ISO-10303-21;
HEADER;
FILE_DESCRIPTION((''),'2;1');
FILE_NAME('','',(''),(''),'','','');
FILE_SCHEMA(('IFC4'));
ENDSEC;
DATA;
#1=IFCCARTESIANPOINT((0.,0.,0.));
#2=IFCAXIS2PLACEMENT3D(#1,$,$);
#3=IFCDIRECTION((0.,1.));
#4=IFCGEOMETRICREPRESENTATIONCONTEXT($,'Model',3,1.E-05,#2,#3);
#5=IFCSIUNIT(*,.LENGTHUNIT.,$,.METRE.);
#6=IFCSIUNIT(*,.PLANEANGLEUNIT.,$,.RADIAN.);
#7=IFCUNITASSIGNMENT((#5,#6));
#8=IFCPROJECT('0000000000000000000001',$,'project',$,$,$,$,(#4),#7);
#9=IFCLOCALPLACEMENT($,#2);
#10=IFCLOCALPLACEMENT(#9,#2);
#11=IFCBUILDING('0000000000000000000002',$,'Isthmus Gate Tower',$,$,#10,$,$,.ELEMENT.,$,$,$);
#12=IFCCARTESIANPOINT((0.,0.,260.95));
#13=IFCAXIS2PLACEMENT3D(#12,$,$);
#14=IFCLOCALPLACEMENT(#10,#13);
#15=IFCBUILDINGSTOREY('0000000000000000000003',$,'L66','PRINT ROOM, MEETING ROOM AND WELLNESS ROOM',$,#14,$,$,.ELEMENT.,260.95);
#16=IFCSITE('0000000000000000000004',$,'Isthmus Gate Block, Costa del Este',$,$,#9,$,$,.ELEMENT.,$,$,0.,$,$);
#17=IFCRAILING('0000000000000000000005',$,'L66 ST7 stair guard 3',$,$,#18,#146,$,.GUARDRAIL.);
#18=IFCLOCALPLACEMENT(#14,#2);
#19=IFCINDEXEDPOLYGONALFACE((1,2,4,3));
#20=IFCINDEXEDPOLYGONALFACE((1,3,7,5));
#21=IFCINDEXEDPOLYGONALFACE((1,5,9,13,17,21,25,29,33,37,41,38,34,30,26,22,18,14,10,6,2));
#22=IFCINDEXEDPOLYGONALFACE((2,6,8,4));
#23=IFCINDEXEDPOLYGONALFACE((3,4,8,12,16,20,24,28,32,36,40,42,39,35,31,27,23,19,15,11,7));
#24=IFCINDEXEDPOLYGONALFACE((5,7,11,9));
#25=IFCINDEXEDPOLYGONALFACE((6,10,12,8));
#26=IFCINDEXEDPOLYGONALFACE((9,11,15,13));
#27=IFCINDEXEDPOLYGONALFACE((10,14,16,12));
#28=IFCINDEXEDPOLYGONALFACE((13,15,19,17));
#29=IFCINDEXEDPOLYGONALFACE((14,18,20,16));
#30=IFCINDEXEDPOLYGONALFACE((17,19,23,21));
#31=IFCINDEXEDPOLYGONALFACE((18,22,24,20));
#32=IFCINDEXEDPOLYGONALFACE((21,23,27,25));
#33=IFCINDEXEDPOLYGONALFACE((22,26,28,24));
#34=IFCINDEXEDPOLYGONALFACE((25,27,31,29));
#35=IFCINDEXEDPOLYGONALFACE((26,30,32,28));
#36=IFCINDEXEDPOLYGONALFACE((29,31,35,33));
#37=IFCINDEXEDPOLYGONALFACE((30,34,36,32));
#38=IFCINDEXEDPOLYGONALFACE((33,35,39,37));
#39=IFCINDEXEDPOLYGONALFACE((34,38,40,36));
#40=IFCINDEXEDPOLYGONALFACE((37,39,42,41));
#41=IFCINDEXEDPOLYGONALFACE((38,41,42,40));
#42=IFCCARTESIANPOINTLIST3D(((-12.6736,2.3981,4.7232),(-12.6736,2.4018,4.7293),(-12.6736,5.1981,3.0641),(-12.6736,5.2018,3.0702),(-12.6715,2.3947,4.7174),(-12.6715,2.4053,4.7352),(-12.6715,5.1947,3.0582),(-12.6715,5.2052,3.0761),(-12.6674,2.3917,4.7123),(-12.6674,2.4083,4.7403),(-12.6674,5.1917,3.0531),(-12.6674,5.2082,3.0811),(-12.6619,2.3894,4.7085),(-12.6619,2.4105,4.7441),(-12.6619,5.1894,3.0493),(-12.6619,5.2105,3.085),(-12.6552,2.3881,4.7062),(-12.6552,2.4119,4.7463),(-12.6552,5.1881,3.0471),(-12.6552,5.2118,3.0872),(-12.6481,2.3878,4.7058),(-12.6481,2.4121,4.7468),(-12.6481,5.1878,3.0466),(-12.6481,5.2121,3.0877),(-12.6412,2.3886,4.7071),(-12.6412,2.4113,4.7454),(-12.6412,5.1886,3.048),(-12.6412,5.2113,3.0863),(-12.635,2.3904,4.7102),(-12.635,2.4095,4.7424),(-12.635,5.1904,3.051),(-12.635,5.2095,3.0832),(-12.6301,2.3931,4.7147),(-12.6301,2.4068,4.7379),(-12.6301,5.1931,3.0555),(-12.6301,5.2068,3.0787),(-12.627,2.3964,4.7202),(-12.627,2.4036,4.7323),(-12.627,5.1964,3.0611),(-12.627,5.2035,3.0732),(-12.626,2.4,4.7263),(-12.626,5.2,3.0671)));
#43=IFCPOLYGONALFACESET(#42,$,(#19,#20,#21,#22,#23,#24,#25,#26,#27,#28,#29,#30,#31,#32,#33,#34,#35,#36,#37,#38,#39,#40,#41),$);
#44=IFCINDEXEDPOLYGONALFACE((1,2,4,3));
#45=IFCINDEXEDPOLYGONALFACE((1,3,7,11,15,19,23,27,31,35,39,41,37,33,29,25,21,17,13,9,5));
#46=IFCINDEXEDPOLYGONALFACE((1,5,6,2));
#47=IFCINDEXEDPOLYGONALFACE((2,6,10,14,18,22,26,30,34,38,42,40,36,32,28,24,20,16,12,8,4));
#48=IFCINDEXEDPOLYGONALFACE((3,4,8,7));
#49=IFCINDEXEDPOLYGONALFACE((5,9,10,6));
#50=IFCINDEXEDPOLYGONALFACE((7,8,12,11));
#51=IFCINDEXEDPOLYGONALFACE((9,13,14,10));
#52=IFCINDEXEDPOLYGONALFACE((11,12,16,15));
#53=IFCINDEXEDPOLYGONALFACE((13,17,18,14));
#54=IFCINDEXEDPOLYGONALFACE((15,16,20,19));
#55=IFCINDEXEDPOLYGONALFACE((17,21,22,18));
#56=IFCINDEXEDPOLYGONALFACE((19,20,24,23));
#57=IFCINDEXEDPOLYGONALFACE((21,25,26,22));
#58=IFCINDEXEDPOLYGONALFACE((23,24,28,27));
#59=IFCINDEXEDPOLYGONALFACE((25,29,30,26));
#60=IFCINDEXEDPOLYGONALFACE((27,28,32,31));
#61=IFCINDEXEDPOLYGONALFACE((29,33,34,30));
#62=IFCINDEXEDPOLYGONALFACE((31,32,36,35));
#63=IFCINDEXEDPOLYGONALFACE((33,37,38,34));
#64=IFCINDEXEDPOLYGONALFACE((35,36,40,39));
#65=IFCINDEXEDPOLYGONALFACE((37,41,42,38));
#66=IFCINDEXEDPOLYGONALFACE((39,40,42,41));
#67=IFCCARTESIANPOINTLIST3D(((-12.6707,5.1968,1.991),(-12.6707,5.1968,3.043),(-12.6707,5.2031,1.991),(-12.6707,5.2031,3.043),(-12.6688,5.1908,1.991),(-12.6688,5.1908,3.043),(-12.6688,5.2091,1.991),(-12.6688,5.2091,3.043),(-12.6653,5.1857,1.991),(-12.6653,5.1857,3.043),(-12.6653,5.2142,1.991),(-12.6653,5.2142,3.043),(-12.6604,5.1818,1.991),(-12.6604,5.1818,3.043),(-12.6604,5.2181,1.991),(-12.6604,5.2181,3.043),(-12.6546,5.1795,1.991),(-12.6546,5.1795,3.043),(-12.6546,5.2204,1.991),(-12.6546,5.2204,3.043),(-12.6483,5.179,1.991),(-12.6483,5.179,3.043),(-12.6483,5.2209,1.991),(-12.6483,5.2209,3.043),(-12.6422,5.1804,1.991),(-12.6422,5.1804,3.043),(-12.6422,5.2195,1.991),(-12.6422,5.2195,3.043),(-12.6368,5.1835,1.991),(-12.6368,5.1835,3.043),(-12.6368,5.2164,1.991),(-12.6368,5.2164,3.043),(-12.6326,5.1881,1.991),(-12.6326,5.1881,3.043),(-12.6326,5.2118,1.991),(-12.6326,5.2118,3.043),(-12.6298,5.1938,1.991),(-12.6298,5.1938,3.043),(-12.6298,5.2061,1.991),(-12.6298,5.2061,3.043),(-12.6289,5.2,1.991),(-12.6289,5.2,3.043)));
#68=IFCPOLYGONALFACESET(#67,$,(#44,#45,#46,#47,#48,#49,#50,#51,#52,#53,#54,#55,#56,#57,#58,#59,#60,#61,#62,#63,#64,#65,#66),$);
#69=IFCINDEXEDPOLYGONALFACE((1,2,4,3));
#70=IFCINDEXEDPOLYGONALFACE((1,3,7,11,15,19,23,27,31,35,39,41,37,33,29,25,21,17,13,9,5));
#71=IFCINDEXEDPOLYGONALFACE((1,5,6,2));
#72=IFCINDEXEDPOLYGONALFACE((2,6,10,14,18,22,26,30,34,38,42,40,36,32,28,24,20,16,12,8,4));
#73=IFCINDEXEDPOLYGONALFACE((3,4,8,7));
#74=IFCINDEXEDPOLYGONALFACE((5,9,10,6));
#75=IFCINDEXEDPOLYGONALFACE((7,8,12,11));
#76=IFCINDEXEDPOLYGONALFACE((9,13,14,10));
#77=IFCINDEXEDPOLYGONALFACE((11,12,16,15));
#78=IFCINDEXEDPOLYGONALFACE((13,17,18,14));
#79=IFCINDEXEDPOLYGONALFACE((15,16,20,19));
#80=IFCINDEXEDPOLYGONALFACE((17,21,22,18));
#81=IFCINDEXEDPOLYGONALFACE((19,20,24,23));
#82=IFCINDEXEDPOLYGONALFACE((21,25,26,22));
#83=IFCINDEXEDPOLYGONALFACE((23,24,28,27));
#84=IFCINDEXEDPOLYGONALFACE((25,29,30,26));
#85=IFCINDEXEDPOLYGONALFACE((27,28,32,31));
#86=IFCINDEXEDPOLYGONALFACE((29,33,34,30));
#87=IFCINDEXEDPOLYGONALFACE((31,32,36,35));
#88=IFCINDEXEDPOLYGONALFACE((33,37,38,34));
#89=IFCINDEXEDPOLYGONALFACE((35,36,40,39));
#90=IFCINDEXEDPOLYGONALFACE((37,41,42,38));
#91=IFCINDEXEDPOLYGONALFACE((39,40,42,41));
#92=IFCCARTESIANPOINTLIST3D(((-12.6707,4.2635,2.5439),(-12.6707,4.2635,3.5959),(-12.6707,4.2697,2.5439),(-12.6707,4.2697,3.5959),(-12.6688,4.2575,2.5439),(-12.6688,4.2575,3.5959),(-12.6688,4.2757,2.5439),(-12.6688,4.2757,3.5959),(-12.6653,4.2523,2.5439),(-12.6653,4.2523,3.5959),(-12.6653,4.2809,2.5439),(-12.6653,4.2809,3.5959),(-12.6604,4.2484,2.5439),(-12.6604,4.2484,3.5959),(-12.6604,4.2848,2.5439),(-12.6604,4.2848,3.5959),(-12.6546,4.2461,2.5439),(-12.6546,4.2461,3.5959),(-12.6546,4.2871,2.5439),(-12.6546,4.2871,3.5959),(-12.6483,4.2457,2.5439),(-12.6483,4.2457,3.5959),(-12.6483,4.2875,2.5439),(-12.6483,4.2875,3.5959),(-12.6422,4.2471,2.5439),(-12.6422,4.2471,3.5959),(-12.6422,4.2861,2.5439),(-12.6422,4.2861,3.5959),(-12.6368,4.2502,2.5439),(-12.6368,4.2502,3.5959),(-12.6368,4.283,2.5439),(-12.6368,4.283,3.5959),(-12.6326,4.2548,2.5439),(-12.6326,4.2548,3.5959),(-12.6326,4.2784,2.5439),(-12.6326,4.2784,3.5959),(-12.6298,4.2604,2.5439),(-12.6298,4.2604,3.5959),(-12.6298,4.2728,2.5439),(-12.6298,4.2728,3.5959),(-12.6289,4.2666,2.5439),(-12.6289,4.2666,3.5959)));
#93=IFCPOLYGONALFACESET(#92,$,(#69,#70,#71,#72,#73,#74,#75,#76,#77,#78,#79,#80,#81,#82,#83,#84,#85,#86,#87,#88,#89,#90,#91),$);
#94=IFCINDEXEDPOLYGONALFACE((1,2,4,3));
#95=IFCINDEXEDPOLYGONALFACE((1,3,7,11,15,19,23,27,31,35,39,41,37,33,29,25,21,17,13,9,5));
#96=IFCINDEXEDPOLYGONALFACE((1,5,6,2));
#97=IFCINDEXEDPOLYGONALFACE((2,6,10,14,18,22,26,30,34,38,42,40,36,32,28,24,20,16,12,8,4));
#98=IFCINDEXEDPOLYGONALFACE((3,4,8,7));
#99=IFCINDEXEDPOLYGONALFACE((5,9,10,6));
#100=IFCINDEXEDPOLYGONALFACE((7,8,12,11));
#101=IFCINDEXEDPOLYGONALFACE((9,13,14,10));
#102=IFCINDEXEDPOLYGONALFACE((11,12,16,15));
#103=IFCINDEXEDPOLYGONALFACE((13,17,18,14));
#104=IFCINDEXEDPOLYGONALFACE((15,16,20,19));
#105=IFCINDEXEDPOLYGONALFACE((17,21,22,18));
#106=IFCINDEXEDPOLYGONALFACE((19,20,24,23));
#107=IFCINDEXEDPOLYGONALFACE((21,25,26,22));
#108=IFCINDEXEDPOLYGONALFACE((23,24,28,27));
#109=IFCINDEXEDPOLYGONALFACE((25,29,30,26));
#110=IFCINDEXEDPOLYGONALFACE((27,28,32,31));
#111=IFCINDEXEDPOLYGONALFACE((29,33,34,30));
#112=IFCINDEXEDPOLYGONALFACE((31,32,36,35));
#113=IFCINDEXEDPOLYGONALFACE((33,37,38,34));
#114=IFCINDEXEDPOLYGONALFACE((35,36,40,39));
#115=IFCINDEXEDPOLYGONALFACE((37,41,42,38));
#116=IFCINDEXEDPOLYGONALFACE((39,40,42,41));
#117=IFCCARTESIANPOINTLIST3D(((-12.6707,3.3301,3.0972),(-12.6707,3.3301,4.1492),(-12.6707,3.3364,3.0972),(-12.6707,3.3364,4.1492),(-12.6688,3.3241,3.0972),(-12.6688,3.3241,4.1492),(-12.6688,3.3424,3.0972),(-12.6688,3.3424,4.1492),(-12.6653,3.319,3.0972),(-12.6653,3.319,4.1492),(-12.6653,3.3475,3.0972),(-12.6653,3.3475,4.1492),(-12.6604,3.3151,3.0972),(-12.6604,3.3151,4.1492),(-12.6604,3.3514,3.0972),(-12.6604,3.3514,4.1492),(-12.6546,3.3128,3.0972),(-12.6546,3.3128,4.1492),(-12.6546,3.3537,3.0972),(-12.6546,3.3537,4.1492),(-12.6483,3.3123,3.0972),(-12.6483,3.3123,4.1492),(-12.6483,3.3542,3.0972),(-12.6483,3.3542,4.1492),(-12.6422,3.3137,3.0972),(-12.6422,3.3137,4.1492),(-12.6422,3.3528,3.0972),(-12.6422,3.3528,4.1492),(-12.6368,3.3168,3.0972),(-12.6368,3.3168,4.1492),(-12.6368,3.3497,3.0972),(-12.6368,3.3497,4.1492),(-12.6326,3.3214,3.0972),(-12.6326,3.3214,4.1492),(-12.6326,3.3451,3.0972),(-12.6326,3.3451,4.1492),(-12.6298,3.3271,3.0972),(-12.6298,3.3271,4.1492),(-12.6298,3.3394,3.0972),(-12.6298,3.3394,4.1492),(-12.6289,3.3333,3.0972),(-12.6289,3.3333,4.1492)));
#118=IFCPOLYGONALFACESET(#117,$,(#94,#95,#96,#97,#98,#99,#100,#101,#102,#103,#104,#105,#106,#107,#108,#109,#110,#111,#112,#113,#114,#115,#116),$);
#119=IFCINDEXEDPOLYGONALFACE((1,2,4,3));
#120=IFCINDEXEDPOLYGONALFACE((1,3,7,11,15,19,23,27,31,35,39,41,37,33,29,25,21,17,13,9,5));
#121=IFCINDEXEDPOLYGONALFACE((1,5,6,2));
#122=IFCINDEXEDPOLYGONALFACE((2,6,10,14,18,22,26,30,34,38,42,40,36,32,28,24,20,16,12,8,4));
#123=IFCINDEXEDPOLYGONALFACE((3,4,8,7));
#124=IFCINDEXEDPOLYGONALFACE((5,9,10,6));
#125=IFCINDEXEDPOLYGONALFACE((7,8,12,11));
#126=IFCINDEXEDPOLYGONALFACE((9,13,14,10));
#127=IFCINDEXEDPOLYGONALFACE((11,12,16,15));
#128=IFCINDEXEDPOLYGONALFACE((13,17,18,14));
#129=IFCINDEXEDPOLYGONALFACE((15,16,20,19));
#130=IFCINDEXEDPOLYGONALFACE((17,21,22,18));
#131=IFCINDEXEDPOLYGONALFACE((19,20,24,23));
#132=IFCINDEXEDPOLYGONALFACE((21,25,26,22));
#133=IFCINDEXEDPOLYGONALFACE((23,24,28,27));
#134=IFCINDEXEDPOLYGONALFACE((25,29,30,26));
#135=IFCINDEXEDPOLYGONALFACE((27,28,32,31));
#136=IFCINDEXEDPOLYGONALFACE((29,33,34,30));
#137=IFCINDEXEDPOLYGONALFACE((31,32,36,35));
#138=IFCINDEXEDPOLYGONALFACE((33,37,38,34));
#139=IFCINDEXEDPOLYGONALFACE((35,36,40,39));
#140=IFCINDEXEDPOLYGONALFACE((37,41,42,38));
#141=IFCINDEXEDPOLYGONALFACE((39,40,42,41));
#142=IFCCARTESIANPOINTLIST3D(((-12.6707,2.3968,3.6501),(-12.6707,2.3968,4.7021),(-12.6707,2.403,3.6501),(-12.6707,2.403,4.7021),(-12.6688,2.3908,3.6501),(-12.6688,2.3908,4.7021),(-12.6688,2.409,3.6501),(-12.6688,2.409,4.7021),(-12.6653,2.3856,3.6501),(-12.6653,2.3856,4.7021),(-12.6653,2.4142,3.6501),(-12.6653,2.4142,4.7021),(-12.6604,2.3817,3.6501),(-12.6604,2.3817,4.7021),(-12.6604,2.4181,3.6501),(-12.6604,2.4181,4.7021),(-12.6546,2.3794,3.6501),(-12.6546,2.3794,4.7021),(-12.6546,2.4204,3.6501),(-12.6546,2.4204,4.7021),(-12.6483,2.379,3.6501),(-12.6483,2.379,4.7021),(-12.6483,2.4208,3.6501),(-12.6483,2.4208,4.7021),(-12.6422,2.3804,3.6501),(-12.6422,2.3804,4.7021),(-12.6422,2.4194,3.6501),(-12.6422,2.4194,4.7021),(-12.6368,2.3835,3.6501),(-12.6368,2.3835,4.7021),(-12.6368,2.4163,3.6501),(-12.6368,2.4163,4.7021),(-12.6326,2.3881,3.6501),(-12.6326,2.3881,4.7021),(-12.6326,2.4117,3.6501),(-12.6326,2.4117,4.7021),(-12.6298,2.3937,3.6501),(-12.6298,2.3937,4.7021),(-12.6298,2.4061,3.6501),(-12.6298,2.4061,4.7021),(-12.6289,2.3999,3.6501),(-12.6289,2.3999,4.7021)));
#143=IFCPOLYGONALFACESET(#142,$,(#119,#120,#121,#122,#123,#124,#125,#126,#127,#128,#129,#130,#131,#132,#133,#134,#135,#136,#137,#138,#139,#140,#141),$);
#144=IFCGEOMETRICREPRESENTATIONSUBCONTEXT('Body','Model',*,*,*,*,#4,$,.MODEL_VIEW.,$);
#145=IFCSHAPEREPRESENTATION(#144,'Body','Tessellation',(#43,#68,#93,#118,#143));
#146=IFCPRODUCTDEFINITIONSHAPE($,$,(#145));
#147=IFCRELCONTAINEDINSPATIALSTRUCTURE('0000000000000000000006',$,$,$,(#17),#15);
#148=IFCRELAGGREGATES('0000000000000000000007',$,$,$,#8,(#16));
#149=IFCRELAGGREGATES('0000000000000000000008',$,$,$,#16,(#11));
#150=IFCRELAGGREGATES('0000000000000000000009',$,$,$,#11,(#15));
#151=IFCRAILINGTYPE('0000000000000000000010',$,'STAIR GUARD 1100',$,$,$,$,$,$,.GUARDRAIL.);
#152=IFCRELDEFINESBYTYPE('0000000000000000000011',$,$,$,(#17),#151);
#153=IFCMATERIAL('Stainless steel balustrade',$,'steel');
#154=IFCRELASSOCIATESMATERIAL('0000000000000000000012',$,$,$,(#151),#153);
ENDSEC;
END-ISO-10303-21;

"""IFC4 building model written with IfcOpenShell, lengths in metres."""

from ifc_helpers import new_model, si_unit, direction, frame, origin, origin_2d, place, context, subcontext, project, spatial, circle, extrude, material, type_object, element, save


model = new_model("IFC4")

# Units and contexts
model_context = context("Model", 3, precision=1e-05, world=origin(), true_north=direction((0.0, 1.0)))
body_context = subcontext(model_context, "Body", "Model", "MODEL_VIEW")
ifc_project = project(units=[si_unit("LENGTHUNIT", "METRE"), si_unit("PLANEANGLEUNIT", "RADIAN")], contexts=[model_context])

# Site, building, storey
site_placement = place(None, origin())
site = spatial("IfcSite", under=ifc_project, at=site_placement, Name="Isthmus Gate Block, Costa del Este", CompositionType="ELEMENT", RefElevation=0.0)
building_placement = place(site_placement, origin())
building = spatial("IfcBuilding", under=site, at=building_placement, Name="Isthmus Gate Tower", CompositionType="ELEMENT")
storey_placement = place(building_placement, frame((0.0, 0.0, 260.95)))
storey = spatial("IfcBuildingStorey", under=building, at=storey_placement, Name="L66", Description="PRINT ROOM, MEETING ROOM AND WELLNESS ROOM", CompositionType="ELEMENT", Elevation=260.95)

# Railing
ifc_material_1 = material(Name="Stainless steel balustrade", Category="steel")
railing_type_1 = type_object("IfcRailingType", Name="STAIR GUARD 1100", PredefinedType="GUARDRAIL", material=ifc_material_1)
railing_1_placement = place(storey_placement, frame((-12.6499, 5.2, 1.991)))
element("IfcRailing", 1, at=railing_1_placement, inside=storey, type_object=railing_type_1, Name="L66 ST7 stair guard 3", PredefinedType="GUARDRAIL", context=body_context, shape_type="SweptSolid", body=[
    extrude(circle(Radius=0.0239, at=origin_2d()), frame((0.0, 0.0, 1.0762), z_axis=(0.0, -0.860306, 0.509778), x_axis=(1.0, 0.0, 0.0)), (0.0, 0.0, 1.0), 3.2546),
    extrude(circle(Radius=0.021, at=origin_2d()), origin(), (0.0, 0.0, 1.0), 1.052),
    extrude(circle(Radius=0.021, at=origin_2d()), frame((0.0, -0.9333, 0.553)), (0.0, 0.0, 1.0), 1.052),
    extrude(circle(Radius=0.021, at=origin_2d()), frame((0.0, -1.8667, 1.1062)), (0.0, 0.0, 1.0), 1.052),
    extrude(circle(Radius=0.021, at=origin_2d()), frame((0.0, -2.8, 1.6592)), (0.0, 0.0, 1.0), 1.052),
])

save(model, "model.ifc")
